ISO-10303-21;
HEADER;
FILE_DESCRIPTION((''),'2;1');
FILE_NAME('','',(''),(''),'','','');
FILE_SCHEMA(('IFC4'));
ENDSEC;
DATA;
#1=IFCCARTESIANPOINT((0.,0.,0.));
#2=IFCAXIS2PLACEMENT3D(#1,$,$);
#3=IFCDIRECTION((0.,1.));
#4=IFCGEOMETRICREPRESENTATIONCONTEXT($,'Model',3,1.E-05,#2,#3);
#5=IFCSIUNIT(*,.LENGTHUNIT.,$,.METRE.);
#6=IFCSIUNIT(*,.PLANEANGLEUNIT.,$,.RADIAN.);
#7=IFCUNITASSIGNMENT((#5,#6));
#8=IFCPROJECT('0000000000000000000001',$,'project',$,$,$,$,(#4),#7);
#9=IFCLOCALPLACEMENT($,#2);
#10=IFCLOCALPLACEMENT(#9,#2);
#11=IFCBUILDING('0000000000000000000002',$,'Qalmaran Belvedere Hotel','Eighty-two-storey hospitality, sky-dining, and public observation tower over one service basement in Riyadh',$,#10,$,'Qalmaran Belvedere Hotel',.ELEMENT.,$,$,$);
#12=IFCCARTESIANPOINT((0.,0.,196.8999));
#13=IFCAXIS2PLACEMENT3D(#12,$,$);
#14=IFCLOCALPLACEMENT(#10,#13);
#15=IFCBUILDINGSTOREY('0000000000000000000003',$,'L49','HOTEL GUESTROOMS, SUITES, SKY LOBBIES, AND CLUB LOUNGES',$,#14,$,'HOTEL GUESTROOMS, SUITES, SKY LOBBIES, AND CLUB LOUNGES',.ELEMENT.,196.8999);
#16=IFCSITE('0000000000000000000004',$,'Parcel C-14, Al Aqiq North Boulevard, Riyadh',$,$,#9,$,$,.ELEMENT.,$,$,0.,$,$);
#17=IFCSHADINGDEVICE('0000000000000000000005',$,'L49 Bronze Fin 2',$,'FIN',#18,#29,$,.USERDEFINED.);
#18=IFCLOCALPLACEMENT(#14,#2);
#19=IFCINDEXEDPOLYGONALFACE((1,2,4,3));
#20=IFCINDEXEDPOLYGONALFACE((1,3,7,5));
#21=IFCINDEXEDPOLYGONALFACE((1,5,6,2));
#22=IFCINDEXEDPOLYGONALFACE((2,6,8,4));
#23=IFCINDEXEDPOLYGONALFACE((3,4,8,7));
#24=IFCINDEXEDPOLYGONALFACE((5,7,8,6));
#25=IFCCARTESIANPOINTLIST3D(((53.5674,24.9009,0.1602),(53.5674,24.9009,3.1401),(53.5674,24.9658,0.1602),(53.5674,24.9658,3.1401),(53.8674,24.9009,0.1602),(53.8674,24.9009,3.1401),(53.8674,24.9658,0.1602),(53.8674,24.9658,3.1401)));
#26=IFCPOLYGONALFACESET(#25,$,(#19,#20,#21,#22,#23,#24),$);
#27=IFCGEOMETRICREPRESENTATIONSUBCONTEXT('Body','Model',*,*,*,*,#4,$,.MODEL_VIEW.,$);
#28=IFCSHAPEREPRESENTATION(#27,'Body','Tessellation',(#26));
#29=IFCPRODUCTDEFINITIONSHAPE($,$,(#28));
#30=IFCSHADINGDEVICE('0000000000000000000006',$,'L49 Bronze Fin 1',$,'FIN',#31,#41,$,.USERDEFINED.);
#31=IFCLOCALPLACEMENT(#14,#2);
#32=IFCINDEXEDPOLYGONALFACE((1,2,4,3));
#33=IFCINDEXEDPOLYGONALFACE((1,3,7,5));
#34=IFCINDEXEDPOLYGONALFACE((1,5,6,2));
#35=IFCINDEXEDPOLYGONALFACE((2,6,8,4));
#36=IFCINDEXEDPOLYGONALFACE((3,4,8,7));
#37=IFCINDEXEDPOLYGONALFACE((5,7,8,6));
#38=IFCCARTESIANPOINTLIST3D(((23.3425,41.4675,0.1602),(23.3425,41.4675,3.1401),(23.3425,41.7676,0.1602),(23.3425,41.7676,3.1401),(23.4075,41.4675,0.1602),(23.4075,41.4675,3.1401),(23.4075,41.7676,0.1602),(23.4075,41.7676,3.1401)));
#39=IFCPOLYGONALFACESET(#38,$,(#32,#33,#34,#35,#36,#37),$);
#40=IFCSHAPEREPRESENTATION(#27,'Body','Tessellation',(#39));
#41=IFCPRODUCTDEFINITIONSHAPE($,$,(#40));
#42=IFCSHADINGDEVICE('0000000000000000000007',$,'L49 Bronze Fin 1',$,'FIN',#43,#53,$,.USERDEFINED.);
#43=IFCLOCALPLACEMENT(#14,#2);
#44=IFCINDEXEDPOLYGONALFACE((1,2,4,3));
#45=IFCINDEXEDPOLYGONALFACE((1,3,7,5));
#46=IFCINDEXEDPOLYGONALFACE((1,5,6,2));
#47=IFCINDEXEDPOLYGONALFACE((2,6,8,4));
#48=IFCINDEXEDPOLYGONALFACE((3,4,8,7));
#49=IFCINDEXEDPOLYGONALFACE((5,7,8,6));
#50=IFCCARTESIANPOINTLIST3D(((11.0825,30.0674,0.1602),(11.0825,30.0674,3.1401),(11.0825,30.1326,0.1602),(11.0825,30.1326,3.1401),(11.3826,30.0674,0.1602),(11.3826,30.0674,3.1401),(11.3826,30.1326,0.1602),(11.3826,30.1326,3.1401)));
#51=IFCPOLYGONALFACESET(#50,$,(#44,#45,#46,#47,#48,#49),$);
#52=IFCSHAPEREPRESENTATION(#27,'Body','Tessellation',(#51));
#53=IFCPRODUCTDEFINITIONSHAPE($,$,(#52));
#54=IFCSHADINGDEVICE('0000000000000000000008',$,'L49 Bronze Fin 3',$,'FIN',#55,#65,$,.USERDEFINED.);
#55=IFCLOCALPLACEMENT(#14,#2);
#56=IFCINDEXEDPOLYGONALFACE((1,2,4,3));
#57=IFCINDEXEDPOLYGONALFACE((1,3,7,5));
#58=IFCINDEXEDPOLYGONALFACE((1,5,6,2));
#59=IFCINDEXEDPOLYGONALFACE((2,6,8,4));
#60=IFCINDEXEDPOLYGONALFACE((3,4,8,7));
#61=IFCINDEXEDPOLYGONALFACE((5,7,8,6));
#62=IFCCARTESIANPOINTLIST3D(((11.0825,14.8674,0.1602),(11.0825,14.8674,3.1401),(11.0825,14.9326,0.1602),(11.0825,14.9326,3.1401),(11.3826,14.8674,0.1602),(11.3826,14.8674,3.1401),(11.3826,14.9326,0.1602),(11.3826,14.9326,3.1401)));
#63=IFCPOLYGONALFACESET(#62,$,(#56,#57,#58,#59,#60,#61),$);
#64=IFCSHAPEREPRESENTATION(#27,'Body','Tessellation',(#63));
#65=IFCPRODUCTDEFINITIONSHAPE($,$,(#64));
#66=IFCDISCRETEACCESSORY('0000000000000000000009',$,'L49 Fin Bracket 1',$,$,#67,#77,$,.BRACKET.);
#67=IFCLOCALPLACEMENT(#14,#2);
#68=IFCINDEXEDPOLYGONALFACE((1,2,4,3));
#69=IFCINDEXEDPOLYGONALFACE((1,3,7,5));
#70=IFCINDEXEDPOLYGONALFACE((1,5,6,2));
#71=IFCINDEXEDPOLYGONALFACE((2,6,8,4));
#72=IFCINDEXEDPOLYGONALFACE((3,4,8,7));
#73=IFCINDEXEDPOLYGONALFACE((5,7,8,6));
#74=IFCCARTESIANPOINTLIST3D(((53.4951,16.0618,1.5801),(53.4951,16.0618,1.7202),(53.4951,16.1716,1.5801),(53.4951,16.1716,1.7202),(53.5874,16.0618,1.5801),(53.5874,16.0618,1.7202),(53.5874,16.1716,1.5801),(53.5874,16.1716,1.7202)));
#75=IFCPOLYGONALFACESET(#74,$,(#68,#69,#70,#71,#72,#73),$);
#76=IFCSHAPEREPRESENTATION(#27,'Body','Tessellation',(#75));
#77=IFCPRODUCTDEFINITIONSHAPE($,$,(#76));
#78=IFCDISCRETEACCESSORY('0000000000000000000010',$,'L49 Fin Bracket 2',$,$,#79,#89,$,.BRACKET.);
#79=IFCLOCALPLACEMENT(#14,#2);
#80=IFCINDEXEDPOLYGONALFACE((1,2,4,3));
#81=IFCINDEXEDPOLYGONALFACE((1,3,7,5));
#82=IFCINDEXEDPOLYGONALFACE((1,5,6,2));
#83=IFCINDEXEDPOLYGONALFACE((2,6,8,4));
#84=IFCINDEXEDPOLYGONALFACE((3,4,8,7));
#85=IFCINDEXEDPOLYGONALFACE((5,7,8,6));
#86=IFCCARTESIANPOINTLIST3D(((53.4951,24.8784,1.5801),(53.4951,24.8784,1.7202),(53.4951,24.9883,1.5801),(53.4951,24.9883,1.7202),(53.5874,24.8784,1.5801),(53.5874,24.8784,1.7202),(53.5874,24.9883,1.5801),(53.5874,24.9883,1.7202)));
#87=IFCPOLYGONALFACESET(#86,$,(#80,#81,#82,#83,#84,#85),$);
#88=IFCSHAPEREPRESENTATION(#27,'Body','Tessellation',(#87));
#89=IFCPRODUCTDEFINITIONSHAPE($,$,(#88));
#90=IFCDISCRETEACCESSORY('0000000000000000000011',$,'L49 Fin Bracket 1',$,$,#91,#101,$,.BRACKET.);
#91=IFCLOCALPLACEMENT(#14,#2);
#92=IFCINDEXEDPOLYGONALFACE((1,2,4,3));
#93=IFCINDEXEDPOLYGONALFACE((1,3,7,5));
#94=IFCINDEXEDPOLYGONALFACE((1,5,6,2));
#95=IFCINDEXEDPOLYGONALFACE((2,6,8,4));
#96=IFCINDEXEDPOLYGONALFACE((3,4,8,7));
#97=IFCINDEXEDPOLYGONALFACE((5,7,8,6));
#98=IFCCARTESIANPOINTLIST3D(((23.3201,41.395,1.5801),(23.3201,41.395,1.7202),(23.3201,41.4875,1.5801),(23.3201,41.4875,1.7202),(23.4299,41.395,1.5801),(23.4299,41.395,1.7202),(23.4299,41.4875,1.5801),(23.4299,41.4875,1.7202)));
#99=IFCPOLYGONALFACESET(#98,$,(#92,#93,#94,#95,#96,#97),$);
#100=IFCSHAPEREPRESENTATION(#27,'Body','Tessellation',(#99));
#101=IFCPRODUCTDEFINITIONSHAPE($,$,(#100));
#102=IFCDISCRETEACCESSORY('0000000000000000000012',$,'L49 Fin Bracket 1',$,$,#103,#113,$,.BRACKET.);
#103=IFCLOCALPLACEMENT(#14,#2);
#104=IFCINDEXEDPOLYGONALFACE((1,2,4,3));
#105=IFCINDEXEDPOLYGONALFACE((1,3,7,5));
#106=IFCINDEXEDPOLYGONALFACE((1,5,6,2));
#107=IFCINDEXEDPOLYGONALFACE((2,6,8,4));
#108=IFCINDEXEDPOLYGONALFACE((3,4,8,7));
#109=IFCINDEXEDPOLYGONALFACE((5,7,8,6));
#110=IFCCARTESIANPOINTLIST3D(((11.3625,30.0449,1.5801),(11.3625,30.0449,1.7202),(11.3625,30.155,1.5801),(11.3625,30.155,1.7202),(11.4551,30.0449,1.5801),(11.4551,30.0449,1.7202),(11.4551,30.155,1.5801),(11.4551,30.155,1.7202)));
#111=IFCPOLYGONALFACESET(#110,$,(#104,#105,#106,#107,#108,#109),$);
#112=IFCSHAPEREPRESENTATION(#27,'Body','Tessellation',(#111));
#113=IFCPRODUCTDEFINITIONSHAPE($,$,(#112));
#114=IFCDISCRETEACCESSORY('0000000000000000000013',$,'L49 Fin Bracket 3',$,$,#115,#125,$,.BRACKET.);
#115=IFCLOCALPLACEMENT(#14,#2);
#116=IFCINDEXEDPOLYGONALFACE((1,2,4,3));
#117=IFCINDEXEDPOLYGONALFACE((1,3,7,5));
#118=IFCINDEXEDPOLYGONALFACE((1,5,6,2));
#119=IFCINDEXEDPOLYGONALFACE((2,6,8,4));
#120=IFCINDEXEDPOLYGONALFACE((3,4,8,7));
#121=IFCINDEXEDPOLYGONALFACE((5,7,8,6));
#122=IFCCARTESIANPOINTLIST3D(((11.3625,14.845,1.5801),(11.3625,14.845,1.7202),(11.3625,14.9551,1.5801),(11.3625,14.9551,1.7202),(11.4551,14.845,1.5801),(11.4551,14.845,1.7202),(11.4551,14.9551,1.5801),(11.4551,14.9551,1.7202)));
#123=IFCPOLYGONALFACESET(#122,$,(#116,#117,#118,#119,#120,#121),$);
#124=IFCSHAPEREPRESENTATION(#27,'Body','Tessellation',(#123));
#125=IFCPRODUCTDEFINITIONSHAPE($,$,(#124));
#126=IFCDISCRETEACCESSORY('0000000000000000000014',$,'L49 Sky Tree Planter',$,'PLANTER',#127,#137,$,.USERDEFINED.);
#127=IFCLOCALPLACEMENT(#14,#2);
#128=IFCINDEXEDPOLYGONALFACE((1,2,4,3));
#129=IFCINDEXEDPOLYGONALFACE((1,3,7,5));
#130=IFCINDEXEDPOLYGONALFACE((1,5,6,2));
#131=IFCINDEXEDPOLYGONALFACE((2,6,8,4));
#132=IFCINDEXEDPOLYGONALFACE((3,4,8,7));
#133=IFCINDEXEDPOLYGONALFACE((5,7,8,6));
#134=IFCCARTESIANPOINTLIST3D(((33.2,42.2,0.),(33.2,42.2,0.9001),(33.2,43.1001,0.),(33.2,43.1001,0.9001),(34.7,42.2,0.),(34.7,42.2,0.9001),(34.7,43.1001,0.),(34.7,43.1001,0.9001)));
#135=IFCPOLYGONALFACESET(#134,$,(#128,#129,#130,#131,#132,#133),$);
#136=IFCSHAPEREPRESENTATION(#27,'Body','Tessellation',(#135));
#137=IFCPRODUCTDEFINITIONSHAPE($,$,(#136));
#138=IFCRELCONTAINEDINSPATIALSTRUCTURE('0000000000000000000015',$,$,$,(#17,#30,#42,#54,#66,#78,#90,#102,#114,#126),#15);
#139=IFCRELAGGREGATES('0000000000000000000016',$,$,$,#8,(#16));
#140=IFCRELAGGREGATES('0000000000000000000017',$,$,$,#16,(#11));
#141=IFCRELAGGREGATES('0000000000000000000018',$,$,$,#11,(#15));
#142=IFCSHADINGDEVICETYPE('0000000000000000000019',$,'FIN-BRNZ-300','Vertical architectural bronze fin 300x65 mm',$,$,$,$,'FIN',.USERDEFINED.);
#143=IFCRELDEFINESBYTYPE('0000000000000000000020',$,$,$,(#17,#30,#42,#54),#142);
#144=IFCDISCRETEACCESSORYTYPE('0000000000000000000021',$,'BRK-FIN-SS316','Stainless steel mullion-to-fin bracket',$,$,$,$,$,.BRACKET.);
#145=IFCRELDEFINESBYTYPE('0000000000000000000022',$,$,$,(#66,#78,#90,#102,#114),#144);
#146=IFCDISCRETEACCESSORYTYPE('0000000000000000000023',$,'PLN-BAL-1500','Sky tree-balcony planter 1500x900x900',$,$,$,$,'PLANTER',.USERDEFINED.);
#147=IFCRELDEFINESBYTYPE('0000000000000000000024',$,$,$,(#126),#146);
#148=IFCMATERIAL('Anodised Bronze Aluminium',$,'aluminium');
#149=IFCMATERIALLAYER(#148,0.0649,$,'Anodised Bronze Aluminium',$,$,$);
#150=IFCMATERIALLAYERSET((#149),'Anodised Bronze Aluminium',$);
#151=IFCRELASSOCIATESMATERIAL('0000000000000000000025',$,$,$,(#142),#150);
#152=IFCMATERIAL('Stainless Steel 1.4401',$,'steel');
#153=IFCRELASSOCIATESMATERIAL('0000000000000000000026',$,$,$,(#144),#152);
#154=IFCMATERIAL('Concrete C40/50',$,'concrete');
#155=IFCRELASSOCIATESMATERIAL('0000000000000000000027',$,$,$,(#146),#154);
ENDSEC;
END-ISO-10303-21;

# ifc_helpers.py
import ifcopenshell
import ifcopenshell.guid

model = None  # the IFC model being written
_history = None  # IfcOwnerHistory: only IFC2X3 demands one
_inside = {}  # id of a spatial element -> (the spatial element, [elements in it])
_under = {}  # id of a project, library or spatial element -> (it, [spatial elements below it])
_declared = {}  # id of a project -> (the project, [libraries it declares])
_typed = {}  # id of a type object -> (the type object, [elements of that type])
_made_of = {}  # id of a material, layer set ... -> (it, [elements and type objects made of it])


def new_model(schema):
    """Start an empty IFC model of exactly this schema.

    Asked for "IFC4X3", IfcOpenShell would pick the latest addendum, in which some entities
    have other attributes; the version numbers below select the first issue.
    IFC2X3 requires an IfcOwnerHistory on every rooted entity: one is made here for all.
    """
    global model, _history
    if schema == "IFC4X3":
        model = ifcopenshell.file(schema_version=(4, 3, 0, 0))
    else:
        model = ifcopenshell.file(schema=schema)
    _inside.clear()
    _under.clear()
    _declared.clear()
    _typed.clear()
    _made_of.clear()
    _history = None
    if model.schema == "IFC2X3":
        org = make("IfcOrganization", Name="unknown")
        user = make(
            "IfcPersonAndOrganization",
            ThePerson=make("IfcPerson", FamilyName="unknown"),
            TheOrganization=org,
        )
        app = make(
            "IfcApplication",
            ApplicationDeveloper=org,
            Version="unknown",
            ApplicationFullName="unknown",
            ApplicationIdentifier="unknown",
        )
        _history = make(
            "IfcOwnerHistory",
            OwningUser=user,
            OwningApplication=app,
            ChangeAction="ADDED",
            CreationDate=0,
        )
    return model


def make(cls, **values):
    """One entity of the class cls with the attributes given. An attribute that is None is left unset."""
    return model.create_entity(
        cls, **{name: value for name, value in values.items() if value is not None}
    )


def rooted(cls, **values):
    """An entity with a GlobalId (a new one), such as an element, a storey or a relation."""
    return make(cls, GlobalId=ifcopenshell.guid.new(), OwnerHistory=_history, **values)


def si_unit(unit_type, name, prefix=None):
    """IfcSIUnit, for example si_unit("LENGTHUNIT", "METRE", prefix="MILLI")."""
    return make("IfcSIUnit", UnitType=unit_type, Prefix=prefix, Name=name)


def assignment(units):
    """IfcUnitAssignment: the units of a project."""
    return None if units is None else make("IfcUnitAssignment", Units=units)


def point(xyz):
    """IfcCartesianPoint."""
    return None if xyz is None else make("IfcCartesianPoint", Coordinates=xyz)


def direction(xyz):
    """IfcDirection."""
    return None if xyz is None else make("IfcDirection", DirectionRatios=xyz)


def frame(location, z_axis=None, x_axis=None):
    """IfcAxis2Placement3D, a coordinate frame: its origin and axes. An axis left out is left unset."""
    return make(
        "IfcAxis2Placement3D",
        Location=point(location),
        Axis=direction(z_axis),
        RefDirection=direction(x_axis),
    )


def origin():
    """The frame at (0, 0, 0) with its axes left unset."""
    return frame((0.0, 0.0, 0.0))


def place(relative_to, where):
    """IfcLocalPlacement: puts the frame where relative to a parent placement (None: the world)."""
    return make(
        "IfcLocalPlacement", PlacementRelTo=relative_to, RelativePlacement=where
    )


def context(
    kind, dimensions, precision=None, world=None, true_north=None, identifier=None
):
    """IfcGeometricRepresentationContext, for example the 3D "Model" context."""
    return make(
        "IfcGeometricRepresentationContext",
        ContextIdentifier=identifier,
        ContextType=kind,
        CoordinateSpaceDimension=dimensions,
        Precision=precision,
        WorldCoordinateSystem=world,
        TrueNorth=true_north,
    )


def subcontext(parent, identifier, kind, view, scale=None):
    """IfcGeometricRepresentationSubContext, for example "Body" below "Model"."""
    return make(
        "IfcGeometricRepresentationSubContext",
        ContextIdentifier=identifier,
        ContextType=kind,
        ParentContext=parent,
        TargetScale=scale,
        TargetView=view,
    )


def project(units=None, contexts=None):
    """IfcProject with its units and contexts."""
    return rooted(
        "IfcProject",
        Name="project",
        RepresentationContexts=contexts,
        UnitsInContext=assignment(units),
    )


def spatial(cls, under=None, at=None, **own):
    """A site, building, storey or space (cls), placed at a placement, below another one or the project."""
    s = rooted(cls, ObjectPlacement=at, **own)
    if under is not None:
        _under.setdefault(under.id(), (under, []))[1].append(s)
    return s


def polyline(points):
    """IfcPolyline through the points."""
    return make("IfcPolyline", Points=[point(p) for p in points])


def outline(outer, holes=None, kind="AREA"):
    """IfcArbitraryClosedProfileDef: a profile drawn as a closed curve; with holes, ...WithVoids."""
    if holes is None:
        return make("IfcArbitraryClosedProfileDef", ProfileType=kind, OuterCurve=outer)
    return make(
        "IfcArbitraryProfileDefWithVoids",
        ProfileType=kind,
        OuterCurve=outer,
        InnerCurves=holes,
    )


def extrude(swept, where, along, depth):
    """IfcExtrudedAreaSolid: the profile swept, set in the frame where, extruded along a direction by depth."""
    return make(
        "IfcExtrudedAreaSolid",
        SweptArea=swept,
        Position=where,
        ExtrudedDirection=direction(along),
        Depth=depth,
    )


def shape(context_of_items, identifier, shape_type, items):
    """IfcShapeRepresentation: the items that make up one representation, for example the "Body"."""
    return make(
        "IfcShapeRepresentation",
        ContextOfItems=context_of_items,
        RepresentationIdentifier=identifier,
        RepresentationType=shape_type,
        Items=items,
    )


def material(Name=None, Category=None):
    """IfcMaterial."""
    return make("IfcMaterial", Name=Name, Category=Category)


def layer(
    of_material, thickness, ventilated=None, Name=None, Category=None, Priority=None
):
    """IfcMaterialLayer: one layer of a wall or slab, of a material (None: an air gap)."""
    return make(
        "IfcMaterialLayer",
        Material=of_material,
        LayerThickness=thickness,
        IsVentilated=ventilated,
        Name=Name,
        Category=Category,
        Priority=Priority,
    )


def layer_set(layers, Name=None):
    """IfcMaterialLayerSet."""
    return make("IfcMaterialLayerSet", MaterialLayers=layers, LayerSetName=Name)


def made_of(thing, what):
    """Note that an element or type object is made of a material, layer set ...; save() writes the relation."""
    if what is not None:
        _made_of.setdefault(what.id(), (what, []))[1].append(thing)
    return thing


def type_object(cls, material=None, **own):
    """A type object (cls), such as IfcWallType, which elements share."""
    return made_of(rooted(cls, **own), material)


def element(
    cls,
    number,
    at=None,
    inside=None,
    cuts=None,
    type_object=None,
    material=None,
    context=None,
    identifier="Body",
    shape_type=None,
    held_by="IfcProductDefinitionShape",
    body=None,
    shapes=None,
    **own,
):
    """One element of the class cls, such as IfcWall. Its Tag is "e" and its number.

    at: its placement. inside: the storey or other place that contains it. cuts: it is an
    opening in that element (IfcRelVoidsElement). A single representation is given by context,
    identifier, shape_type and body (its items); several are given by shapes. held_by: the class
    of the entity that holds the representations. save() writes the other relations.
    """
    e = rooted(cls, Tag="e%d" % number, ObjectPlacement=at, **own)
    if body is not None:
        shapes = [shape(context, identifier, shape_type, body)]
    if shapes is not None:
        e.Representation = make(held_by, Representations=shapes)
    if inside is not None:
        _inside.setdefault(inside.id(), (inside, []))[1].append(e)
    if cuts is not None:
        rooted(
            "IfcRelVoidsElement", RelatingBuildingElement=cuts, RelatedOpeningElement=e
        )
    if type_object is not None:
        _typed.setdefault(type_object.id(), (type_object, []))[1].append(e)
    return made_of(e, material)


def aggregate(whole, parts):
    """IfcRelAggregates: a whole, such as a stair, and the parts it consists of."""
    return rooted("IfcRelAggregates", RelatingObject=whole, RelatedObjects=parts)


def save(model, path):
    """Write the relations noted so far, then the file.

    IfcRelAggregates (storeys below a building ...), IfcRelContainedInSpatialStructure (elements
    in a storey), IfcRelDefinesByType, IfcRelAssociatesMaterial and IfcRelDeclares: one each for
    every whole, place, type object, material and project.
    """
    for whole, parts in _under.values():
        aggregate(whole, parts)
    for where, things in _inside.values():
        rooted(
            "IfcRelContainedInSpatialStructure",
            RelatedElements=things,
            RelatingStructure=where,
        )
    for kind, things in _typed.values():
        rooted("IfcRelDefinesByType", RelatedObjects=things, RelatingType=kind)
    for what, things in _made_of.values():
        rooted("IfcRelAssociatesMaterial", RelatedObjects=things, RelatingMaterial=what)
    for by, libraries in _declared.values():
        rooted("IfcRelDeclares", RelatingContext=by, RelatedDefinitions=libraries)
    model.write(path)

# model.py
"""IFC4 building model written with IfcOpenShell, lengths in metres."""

from ifc_helpers import new_model, si_unit, direction, frame, origin, place, context, subcontext, project, spatial, polyline, outline, extrude, material, layer, layer_set, type_object, element, save


model = new_model("IFC4")

# Units and contexts
model_context = context("Model", 3, precision=1e-05, world=origin(), true_north=direction((0.0, 1.0)))
body_context = subcontext(model_context, "Body", "Model", "MODEL_VIEW")
ifc_project = project(units=[si_unit("LENGTHUNIT", "METRE"), si_unit("PLANEANGLEUNIT", "RADIAN")], contexts=[model_context])

# Site, building, storey
site_placement = place(None, origin())
site = spatial("IfcSite", under=ifc_project, at=site_placement, Name="Parcel C-14, Al Aqiq North Boulevard, Riyadh", CompositionType="ELEMENT", RefElevation=0.0)
building_placement = place(site_placement, origin())
building = spatial("IfcBuilding", under=site, at=building_placement, Name="Qalmaran Belvedere Hotel", Description="Eighty-two-storey hospitality, sky-dining, and public observation tower over one service basement in Riyadh", LongName="Qalmaran Belvedere Hotel", CompositionType="ELEMENT")
storey_placement = place(building_placement, frame((0.0, 0.0, 196.8999)))
storey = spatial("IfcBuildingStorey", under=building, at=storey_placement, Name="L49", Description="HOTEL GUESTROOMS, SUITES, SKY LOBBIES, AND CLUB LOUNGES", LongName="HOTEL GUESTROOMS, SUITES, SKY LOBBIES, AND CLUB LOUNGES", CompositionType="ELEMENT", Elevation=196.8999)

# Shared definitions
ifc_material_1 = material(Name="Anodised Bronze Aluminium", Category="aluminium")

# Shared definitions
ifc_material_2 = material(Name="Concrete C40/50", Category="concrete")

# Shading devices
ifc_layer_1 = layer(ifc_material_1, 0.0649, Name="Anodised Bronze Aluminium")
ifc_layer_set_1 = layer_set([ifc_layer_1], Name="Anodised Bronze Aluminium")
shading_device_type = type_object("IfcShadingDeviceType", Name="FIN-BRNZ-300", Description="Vertical architectural bronze fin 300x65 mm", ElementType="FIN", PredefinedType="USERDEFINED", material=ifc_layer_set_1)
shading_device_1_placement = place(storey_placement, frame((0.0, 0.0, 0.1602)))
element("IfcShadingDevice", 1, at=shading_device_1_placement, inside=storey, type_object=shading_device_type, Name="L49 Bronze Fin 2", ObjectType="FIN", PredefinedType="USERDEFINED", context=body_context, shape_type="SweptSolid", body=[
    extrude(outline(polyline([(53.5674, 24.9009), (53.8674, 24.9009), (53.8674, 24.9658), (53.5674, 24.9658), (53.5674, 24.9009)])), origin(), (0.0, 0.0, 1.0), 2.98),
])
shading_device_2_placement = place(storey_placement, frame((0.0, 0.0, 0.1602)))
element("IfcShadingDevice", 2, at=shading_device_2_placement, inside=storey, type_object=shading_device_type, Name="L49 Bronze Fin 1", ObjectType="FIN", PredefinedType="USERDEFINED", context=body_context, shape_type="SweptSolid", body=[
    extrude(outline(polyline([(23.4075, 41.4675), (23.4075, 41.7676), (23.3425, 41.7676), (23.3425, 41.4675), (23.4075, 41.4675)])), origin(), (0.0, 0.0, 1.0), 2.98),
])
shading_device_3_placement = place(storey_placement, frame((0.0, 0.0, 0.1602)))
element("IfcShadingDevice", 3, at=shading_device_3_placement, inside=storey, type_object=shading_device_type, Name="L49 Bronze Fin 1", ObjectType="FIN", PredefinedType="USERDEFINED", context=body_context, shape_type="SweptSolid", body=[
    extrude(outline(polyline([(11.3826, 30.1326), (11.0825, 30.1326), (11.0825, 30.0674), (11.3826, 30.0674), (11.3826, 30.1326)])), origin(), (0.0, 0.0, 1.0), 2.98),
])
shading_device_4_placement = place(storey_placement, frame((0.0, 0.0, 0.1602)))
element("IfcShadingDevice", 4, at=shading_device_4_placement, inside=storey, type_object=shading_device_type, Name="L49 Bronze Fin 3", ObjectType="FIN", PredefinedType="USERDEFINED", context=body_context, shape_type="SweptSolid", body=[
    extrude(outline(polyline([(11.3826, 14.9326), (11.0825, 14.9326), (11.0825, 14.8674), (11.3826, 14.8674), (11.3826, 14.9326)])), origin(), (0.0, 0.0, 1.0), 2.98),
])

# Discrete accessories
ifc_material_3 = material(Name="Stainless Steel 1.4401", Category="steel")
discrete_accessory_type_1 = type_object("IfcDiscreteAccessoryType", Name="BRK-FIN-SS316", Description="Stainless steel mullion-to-fin bracket", PredefinedType="BRACKET", material=ifc_material_3)
discrete_accessory_1_placement = place(storey_placement, frame((0.0, 0.0, 1.5801)))
element("IfcDiscreteAccessory", 5, at=discrete_accessory_1_placement, inside=storey, type_object=discrete_accessory_type_1, Name="L49 Fin Bracket 1", PredefinedType="BRACKET", context=body_context, shape_type="SweptSolid", body=[
    extrude(outline(polyline([(53.4951, 16.0618), (53.5874, 16.0618), (53.5874, 16.1716), (53.4951, 16.1716), (53.4951, 16.0618)])), origin(), (0.0, 0.0, 1.0), 0.1401),
])
discrete_accessory_2_placement = place(storey_placement, frame((0.0, 0.0, 1.5801)))
element("IfcDiscreteAccessory", 6, at=discrete_accessory_2_placement, inside=storey, type_object=discrete_accessory_type_1, Name="L49 Fin Bracket 2", PredefinedType="BRACKET", context=body_context, shape_type="SweptSolid", body=[
    extrude(outline(polyline([(53.4951, 24.8784), (53.5874, 24.8784), (53.5874, 24.9883), (53.4951, 24.9883), (53.4951, 24.8784)])), origin(), (0.0, 0.0, 1.0), 0.1401),
])
discrete_accessory_3_placement = place(storey_placement, frame((0.0, 0.0, 1.5801)))
element("IfcDiscreteAccessory", 7, at=discrete_accessory_3_placement, inside=storey, type_object=discrete_accessory_type_1, Name="L49 Fin Bracket 1", PredefinedType="BRACKET", context=body_context, shape_type="SweptSolid", body=[
    extrude(outline(polyline([(23.4299, 41.395), (23.4299, 41.4875), (23.3201, 41.4875), (23.3201, 41.395), (23.4299, 41.395)])), origin(), (0.0, 0.0, 1.0), 0.1401),
])
discrete_accessory_4_placement = place(storey_placement, frame((0.0, 0.0, 1.5801)))
element("IfcDiscreteAccessory", 8, at=discrete_accessory_4_placement, inside=storey, type_object=discrete_accessory_type_1, Name="L49 Fin Bracket 1", PredefinedType="BRACKET", context=body_context, shape_type="SweptSolid", body=[
    extrude(outline(polyline([(11.4551, 30.155), (11.3625, 30.155), (11.3625, 30.0449), (11.4551, 30.0449), (11.4551, 30.155)])), origin(), (0.0, 0.0, 1.0), 0.1401),
])
discrete_accessory_5_placement = place(storey_placement, frame((0.0, 0.0, 1.5801)))
element("IfcDiscreteAccessory", 9, at=discrete_accessory_5_placement, inside=storey, type_object=discrete_accessory_type_1, Name="L49 Fin Bracket 3", PredefinedType="BRACKET", context=body_context, shape_type="SweptSolid", body=[
    extrude(outline(polyline([(11.4551, 14.9551), (11.3625, 14.9551), (11.3625, 14.845), (11.4551, 14.845), (11.4551, 14.9551)])), origin(), (0.0, 0.0, 1.0), 0.1401),
])
discrete_accessory_type_2 = type_object("IfcDiscreteAccessoryType", Name="PLN-BAL-1500", Description="Sky tree-balcony planter 1500x900x900", ElementType="PLANTER", PredefinedType="USERDEFINED", material=ifc_material_2)
discrete_accessory_6_placement = place(storey_placement, origin())
element("IfcDiscreteAccessory", 10, at=discrete_accessory_6_placement, inside=storey, type_object=discrete_accessory_type_2, Name="L49 Sky Tree Planter", ObjectType="PLANTER", PredefinedType="USERDEFINED", context=body_context, shape_type="SweptSolid", body=[
    extrude(outline(polyline([(33.2, 42.2), (34.7, 42.2), (34.7, 43.1001), (33.2, 43.1001), (33.2, 42.2)])), origin(), (0.0, 0.0, 1.0), 0.9001),
])

save(model, "model.ifc")
